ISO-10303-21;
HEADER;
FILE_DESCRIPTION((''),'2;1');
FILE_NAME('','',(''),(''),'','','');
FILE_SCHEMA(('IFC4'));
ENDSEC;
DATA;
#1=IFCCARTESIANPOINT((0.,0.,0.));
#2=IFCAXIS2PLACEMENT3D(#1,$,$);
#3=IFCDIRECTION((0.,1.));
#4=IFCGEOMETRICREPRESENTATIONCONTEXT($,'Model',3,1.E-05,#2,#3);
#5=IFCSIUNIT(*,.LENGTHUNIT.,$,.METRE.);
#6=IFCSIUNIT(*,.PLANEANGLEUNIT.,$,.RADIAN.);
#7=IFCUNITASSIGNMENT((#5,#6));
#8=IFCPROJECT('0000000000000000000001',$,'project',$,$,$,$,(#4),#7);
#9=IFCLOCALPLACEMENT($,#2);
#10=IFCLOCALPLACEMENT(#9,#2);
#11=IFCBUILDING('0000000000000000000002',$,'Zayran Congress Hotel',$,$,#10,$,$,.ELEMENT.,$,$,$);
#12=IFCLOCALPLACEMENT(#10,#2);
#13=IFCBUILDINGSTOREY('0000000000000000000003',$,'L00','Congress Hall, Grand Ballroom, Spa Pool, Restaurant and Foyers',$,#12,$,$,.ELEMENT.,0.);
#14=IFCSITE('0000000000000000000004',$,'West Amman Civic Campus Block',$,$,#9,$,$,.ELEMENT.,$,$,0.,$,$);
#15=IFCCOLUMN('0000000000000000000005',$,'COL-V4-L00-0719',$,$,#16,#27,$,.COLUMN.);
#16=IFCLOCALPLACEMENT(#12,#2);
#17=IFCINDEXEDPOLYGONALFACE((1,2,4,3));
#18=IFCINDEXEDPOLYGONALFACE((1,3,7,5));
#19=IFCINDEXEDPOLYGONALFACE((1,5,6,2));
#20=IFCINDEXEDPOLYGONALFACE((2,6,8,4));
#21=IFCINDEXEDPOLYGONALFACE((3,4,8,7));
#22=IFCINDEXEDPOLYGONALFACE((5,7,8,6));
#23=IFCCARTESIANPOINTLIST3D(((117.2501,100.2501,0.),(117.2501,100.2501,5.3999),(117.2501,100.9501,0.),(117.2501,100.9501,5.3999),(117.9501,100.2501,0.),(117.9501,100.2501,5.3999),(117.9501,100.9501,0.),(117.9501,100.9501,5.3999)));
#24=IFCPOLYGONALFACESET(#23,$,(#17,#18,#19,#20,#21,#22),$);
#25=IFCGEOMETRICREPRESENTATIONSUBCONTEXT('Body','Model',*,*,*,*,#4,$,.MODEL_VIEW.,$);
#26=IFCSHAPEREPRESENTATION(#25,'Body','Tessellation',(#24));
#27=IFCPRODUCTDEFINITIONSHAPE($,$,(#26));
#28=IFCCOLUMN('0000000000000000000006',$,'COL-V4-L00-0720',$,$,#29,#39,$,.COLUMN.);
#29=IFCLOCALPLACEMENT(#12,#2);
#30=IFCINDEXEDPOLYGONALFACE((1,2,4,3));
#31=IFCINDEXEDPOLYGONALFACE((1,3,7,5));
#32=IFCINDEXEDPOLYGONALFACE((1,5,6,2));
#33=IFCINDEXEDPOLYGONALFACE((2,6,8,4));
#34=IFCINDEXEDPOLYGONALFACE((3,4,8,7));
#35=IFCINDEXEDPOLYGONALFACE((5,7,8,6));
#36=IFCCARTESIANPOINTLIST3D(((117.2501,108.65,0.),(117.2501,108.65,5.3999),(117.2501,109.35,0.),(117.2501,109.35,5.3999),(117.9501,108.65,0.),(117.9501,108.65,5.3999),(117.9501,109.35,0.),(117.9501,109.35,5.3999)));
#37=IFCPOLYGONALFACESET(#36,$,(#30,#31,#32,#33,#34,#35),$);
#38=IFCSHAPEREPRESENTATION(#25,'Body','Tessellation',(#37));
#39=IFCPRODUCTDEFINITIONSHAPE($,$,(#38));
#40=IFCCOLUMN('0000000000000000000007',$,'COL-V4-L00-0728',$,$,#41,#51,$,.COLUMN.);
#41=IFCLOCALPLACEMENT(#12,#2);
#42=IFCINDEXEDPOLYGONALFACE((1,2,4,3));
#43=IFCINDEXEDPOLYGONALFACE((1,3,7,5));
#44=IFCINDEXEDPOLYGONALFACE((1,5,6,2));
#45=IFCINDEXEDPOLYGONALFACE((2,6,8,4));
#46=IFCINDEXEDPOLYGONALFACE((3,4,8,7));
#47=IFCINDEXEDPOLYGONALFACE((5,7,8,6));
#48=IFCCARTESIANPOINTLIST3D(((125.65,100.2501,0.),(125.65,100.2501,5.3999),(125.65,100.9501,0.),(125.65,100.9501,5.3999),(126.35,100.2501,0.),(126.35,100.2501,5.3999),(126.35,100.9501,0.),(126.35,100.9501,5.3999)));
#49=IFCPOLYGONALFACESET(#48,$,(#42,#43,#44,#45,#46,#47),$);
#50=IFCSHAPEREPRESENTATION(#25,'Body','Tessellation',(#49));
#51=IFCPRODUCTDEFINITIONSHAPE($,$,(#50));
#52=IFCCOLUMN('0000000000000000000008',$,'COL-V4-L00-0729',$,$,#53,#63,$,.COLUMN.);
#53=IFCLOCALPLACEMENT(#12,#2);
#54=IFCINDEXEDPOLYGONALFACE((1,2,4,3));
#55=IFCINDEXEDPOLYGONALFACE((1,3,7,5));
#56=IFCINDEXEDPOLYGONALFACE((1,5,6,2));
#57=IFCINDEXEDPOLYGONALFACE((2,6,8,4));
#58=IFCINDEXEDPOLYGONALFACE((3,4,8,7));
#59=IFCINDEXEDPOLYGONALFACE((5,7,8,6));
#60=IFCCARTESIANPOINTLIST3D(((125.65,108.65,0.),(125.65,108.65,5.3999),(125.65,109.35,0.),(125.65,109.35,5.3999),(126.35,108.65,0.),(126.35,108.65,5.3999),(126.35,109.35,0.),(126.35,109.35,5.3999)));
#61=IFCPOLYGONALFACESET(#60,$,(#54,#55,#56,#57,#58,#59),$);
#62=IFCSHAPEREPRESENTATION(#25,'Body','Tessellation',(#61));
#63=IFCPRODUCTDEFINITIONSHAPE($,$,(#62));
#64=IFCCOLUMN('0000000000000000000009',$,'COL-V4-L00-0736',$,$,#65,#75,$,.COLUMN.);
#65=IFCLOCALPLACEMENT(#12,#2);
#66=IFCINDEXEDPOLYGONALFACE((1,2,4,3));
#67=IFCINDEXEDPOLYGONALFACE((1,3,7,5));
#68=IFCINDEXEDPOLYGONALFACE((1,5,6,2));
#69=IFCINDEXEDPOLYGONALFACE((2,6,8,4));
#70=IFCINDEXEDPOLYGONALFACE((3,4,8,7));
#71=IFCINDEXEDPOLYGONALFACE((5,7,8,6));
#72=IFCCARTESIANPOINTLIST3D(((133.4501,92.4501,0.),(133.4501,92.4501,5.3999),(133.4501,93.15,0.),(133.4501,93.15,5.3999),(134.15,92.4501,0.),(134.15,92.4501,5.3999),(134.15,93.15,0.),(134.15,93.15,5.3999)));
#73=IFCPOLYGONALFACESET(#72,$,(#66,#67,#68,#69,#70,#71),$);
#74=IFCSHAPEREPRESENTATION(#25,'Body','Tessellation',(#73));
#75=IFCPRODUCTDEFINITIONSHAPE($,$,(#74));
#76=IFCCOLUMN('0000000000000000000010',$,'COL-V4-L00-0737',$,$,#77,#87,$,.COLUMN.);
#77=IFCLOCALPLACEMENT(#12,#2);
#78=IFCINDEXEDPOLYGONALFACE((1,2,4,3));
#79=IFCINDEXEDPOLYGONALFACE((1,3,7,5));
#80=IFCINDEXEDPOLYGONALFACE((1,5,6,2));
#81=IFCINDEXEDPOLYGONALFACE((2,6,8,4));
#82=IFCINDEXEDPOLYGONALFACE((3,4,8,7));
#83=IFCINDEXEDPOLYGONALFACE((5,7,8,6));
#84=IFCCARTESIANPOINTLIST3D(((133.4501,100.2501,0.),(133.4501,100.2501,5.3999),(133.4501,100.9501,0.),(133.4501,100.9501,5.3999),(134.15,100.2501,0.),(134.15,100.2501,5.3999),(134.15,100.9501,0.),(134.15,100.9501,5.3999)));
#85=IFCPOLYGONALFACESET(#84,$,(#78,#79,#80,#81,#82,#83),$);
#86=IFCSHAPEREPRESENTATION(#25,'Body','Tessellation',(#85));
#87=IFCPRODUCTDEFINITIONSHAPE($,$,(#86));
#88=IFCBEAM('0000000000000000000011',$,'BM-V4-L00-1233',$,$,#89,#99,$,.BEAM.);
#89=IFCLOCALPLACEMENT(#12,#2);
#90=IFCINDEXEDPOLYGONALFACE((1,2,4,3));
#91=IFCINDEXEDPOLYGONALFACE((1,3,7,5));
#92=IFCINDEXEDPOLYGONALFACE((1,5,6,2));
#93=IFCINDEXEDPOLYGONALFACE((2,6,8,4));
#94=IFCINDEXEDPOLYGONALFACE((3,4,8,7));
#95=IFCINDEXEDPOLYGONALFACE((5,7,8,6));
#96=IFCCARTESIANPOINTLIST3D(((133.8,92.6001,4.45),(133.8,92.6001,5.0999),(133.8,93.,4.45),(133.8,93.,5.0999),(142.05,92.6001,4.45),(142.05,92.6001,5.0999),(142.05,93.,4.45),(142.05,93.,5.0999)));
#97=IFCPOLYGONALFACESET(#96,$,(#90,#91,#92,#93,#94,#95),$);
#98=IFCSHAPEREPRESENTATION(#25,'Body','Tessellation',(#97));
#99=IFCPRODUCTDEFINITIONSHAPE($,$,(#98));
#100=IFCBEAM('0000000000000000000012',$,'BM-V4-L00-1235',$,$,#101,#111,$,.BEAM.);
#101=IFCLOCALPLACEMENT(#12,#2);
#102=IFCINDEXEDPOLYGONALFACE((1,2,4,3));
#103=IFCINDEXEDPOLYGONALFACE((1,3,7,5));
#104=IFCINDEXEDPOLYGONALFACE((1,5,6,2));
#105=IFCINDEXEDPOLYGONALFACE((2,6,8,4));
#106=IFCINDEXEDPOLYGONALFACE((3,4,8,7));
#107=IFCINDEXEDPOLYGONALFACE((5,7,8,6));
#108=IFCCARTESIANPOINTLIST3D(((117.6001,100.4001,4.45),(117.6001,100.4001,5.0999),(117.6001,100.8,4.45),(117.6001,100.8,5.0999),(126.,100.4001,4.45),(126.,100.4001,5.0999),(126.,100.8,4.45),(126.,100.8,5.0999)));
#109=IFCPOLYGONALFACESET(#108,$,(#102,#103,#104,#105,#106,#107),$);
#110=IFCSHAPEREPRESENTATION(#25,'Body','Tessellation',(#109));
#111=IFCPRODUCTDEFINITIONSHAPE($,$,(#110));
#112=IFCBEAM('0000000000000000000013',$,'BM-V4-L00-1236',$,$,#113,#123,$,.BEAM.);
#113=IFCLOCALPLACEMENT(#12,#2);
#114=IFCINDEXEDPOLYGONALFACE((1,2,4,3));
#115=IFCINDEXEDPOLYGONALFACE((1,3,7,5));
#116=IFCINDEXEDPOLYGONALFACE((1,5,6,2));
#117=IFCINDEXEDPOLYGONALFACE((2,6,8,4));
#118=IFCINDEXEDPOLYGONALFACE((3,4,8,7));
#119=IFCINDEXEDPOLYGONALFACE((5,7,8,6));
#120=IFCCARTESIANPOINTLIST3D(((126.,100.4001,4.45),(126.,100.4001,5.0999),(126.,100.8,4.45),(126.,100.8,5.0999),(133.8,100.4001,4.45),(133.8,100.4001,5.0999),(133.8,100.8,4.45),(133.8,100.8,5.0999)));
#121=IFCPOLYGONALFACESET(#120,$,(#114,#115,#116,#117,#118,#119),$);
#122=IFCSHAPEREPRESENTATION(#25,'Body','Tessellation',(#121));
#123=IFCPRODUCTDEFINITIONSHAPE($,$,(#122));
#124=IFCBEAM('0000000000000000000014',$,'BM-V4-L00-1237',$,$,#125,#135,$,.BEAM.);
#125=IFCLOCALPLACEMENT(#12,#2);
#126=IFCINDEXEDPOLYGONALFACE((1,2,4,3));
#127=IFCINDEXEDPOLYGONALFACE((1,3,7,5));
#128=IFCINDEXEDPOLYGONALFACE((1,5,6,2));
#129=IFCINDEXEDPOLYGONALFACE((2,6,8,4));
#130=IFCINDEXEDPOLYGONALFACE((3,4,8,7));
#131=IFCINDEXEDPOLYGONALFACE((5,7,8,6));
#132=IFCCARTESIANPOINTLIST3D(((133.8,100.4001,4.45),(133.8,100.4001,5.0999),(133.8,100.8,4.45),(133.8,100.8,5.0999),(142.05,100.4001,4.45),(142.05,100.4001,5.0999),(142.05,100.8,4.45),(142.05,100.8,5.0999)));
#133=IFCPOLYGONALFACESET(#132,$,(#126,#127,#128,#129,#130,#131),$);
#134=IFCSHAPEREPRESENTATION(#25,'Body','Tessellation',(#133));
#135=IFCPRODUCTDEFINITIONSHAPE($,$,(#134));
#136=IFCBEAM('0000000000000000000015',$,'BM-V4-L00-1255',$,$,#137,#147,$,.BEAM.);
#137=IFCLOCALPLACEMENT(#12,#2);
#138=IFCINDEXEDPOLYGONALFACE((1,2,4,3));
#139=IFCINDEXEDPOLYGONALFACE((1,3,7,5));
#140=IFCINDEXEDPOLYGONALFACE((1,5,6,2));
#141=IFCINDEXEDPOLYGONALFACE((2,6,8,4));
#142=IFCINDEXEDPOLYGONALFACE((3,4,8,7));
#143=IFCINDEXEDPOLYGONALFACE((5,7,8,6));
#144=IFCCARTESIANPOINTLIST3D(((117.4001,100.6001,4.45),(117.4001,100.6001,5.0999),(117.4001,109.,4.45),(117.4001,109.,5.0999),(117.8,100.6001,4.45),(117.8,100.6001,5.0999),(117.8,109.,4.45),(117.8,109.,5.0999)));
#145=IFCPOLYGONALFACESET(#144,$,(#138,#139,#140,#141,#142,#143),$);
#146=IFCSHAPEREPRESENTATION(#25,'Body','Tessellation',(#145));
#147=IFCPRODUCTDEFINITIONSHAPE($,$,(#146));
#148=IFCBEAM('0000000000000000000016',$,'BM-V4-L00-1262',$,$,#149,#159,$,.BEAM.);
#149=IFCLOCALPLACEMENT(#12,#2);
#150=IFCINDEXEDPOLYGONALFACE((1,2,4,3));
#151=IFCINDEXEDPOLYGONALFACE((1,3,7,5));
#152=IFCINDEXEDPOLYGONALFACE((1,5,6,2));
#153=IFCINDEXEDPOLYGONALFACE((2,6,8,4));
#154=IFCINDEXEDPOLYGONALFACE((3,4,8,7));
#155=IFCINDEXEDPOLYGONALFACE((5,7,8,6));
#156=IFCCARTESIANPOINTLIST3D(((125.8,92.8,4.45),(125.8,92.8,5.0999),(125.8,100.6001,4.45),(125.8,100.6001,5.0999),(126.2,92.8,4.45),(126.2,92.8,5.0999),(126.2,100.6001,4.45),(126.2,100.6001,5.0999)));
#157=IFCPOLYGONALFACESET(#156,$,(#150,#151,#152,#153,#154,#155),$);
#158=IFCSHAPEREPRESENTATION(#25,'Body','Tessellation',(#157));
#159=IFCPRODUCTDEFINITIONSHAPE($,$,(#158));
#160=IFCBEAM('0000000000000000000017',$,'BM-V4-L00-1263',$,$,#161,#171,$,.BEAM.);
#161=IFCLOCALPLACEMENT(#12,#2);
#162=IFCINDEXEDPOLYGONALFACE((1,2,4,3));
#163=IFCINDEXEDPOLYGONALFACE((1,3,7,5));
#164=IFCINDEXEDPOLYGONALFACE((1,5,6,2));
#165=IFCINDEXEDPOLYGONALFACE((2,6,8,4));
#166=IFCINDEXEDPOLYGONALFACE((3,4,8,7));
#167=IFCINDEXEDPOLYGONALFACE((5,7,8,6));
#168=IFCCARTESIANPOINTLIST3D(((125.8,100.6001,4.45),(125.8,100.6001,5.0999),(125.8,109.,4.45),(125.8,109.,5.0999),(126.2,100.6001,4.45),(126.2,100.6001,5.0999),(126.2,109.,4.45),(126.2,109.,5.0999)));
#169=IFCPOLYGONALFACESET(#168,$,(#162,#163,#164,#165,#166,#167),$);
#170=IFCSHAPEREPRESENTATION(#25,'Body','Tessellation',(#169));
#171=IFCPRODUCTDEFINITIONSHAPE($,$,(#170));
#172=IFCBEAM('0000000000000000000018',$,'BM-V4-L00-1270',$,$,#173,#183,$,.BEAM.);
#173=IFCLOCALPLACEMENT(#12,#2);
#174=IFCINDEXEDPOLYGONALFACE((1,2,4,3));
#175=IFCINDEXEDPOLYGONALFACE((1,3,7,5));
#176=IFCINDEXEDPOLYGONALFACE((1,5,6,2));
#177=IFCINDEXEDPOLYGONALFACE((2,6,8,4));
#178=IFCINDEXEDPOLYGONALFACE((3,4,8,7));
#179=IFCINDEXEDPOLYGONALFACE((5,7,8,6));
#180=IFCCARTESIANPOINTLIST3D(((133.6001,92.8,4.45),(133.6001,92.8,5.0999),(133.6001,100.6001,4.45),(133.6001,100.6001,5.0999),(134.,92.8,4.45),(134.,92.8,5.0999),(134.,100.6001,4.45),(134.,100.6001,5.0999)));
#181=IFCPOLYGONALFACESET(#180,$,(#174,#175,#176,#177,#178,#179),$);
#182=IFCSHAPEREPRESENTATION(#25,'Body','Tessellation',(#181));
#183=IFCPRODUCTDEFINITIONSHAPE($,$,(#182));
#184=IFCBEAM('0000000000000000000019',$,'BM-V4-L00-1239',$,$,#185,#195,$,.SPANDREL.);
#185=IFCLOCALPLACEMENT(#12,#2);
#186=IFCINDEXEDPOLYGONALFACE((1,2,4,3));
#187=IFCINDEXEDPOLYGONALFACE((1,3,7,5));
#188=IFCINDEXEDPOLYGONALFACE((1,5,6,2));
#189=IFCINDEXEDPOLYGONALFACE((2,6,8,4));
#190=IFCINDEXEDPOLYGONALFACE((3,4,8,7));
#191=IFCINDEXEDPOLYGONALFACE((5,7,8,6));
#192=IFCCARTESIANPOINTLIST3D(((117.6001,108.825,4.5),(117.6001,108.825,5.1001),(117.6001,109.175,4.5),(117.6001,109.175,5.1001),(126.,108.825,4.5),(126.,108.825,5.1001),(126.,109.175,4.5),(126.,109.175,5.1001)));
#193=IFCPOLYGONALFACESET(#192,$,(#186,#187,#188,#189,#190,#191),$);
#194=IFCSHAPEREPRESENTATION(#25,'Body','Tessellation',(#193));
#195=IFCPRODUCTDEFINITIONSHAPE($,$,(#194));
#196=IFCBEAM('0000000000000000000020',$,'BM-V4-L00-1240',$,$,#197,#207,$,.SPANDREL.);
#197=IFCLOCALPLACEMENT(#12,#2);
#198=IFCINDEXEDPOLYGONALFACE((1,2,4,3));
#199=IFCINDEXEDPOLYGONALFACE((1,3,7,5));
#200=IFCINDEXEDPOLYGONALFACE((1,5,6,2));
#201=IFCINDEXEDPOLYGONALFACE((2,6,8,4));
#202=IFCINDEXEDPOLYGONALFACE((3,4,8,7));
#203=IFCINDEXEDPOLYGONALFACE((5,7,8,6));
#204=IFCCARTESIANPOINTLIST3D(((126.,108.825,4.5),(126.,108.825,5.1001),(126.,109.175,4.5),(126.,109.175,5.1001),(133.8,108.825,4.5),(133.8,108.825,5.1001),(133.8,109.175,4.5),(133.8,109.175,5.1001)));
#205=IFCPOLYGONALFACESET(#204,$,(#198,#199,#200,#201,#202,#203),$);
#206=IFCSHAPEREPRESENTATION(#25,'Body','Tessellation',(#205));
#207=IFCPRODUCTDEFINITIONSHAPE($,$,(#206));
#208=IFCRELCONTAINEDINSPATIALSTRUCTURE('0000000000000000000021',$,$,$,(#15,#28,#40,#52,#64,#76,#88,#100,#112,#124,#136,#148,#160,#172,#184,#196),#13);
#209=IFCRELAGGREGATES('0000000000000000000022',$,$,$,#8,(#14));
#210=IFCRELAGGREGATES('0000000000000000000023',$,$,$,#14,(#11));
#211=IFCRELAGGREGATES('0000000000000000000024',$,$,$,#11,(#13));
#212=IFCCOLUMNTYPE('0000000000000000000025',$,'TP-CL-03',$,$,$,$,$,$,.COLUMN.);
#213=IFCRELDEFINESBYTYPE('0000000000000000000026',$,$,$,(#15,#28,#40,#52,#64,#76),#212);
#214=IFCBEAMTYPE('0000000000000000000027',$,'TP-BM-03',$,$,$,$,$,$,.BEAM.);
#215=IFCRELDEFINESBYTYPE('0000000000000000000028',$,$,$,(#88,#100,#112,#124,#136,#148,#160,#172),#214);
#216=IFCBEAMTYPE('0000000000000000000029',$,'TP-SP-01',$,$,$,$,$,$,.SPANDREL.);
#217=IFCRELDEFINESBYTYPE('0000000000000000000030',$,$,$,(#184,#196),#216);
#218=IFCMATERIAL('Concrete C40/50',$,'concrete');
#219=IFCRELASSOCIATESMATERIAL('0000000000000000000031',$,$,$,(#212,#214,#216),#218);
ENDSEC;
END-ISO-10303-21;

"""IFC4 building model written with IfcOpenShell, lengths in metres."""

from ifc_helpers import new_model, si_unit, direction, frame, origin, origin_2d, place, context, subcontext, project, spatial, rectangle, extrude, material, material_profile, profile_set, type_object, element, save


model = new_model("IFC4")

# Units and contexts
model_context = context("Model", 3, precision=1e-05, world=origin(), true_north=direction((0.0, 1.0)))
body_context = subcontext(model_context, "Body", "Model", "MODEL_VIEW")
ifc_project = project(units=[si_unit("LENGTHUNIT", "METRE"), si_unit("PLANEANGLEUNIT", "RADIAN")], contexts=[model_context])

# Site, building, storey
site_placement = place(None, origin())
site = spatial("IfcSite", under=ifc_project, at=site_placement, Name="West Amman Civic Campus Block", CompositionType="ELEMENT", RefElevation=0.0)
building_placement = place(site_placement, origin())
building = spatial("IfcBuilding", under=site, at=building_placement, Name="Zayran Congress Hotel", CompositionType="ELEMENT")
storey_placement = place(building_placement, origin())
storey = spatial("IfcBuildingStorey", under=building, at=storey_placement, Name="L00", Description="Congress Hall, Grand Ballroom, Spa Pool, Restaurant and Foyers", CompositionType="ELEMENT", Elevation=0.0)

# Columns
ifc_material_1 = material(Name="Concrete C40/50", Category="concrete")
ifc_material_profile_1 = material_profile(ifc_material_1, rectangle(XDim=0.7, YDim=0.7, at=origin_2d()), Name="RC 700x700")
ifc_profile_set_1 = profile_set([ifc_material_profile_1], Name="Concrete C40/50")
column_type = type_object("IfcColumnType", Name="TP-CL-03", PredefinedType="COLUMN", material=ifc_profile_set_1)
for number, where, z_axis, x_axis, name in (
    (1, (117.6001, 100.6001, 0.0), (0.0, 0.0, 1.0), (1.0, 0.0, 0.0), "COL-V4-L00-0719"),
    (2, (117.6001, 109.0, 0.0), (0.0, 0.0, 1.0), (1.0, 0.0, 0.0), "COL-V4-L00-0720"),
    (3, (126.0, 100.6001, 0.0), (0.0, 0.0, 1.0), (1.0, 0.0, 0.0), "COL-V4-L00-0728"),
    (4, (126.0, 109.0, 0.0), (0.0, 0.0, 1.0), (1.0, 0.0, 0.0), "COL-V4-L00-0729"),
    (5, (133.8, 92.8, 0.0), (0.0, 0.0, 1.0), (1.0, 0.0, 0.0), "COL-V4-L00-0736"),
    (6, (133.8, 100.6001, 0.0), (0.0, 0.0, 1.0), (1.0, 0.0, 0.0), "COL-V4-L00-0737"),
):
    element("IfcColumn", number, at=place(storey_placement, frame(where, z_axis=z_axis, x_axis=x_axis)), inside=storey, type_object=column_type, Name=name, PredefinedType="COLUMN", context=body_context, shape_type="SweptSolid", body=[
        extrude(rectangle(XDim=0.7, YDim=0.7, at=origin_2d()), origin(), (0.0, 0.0, 1.0), 5.3999),
    ])

# Beams
ifc_material_profile_2 = material_profile(ifc_material_1, rectangle(XDim=0.3999, YDim=0.6499, at=origin_2d()), Name="RC 400x650")
ifc_profile_set_2 = profile_set([ifc_material_profile_2], Name="Concrete C40/50")
beam_type_1 = type_object("IfcBeamType", Name="TP-BM-03", PredefinedType="BEAM", material=ifc_profile_set_2)
beam_1_placement = place(storey_placement, frame((133.8, 92.8, 4.7749), z_axis=(1.0, 0.0, 0.0), x_axis=(0.0, 1.0, 0.0)))
element("IfcBeam", 7, at=beam_1_placement, inside=storey, type_object=beam_type_1, Name="BM-V4-L00-1233", PredefinedType="BEAM", context=body_context, shape_type="SweptSolid", body=[
    extrude(rectangle(XDim=0.3999, YDim=0.6499, at=origin_2d()), origin(), (0.0, 0.0, 1.0), 8.25),
])
beam_2_placement = place(storey_placement, frame((117.6001, 100.6001, 4.7749), z_axis=(1.0, 0.0, 0.0), x_axis=(0.0, 1.0, 0.0)))
element("IfcBeam", 8, at=beam_2_placement, inside=storey, type_object=beam_type_1, Name="BM-V4-L00-1235", PredefinedType="BEAM", context=body_context, shape_type="SweptSolid", body=[
    extrude(rectangle(XDim=0.3999, YDim=0.6499, at=origin_2d()), origin(), (0.0, 0.0, 1.0), 8.3999),
])
beam_3_placement = place(storey_placement, frame((126.0, 100.6001, 4.7749), z_axis=(1.0, 0.0, 0.0), x_axis=(0.0, 1.0, 0.0)))
element("IfcBeam", 9, at=beam_3_placement, inside=storey, type_object=beam_type_1, Name="BM-V4-L00-1236", PredefinedType="BEAM", context=body_context, shape_type="SweptSolid", body=[
    extrude(rectangle(XDim=0.3999, YDim=0.6499, at=origin_2d()), origin(), (0.0, 0.0, 1.0), 7.8),
])
beam_4_placement = place(storey_placement, frame((133.8, 100.6001, 4.7749), z_axis=(1.0, 0.0, 0.0), x_axis=(0.0, 1.0, 0.0)))
element("IfcBeam", 10, at=beam_4_placement, inside=storey, type_object=beam_type_1, Name="BM-V4-L00-1237", PredefinedType="BEAM", context=body_context, shape_type="SweptSolid", body=[
    extrude(rectangle(XDim=0.3999, YDim=0.6499, at=origin_2d()), origin(), (0.0, 0.0, 1.0), 8.25),
])
beam_5_placement = place(storey_placement, frame((117.6001, 100.6001, 4.7749), z_axis=(0.0, 1.0, 0.0), x_axis=(-1.0, 0.0, 0.0)))
element("IfcBeam", 11, at=beam_5_placement, inside=storey, type_object=beam_type_1, Name="BM-V4-L00-1255", PredefinedType="BEAM", context=body_context, shape_type="SweptSolid", body=[
    extrude(rectangle(XDim=0.3999, YDim=0.6499, at=origin_2d()), origin(), (0.0, 0.0, 1.0), 8.3999),
])
beam_6_placement = place(storey_placement, frame((126.0, 92.8, 4.7749), z_axis=(0.0, 1.0, 0.0), x_axis=(-1.0, 0.0, 0.0)))
element("IfcBeam", 12, at=beam_6_placement, inside=storey, type_object=beam_type_1, Name="BM-V4-L00-1262", PredefinedType="BEAM", context=body_context, shape_type="SweptSolid", body=[
    extrude(rectangle(XDim=0.3999, YDim=0.6499, at=origin_2d()), origin(), (0.0, 0.0, 1.0), 7.8),
])
beam_7_placement = place(storey_placement, frame((126.0, 100.6001, 4.7749), z_axis=(0.0, 1.0, 0.0), x_axis=(-1.0, 0.0, 0.0)))
element("IfcBeam", 13, at=beam_7_placement, inside=storey, type_object=beam_type_1, Name="BM-V4-L00-1263", PredefinedType="BEAM", context=body_context, shape_type="SweptSolid", body=[
    extrude(rectangle(XDim=0.3999, YDim=0.6499, at=origin_2d()), origin(), (0.0, 0.0, 1.0), 8.3999),
])
beam_8_placement = place(storey_placement, frame((133.8, 92.8, 4.7749), z_axis=(0.0, 1.0, 0.0), x_axis=(-1.0, 0.0, 0.0)))
element("IfcBeam", 14, at=beam_8_placement, inside=storey, type_object=beam_type_1, Name="BM-V4-L00-1270", PredefinedType="BEAM", context=body_context, shape_type="SweptSolid", body=[
    extrude(rectangle(XDim=0.3999, YDim=0.6499, at=origin_2d()), origin(), (0.0, 0.0, 1.0), 7.8),
])
ifc_material_profile_3 = material_profile(ifc_material_1, rectangle(XDim=0.3501, YDim=0.6001, at=origin_2d()), Name="RC 350x600")
ifc_profile_set_3 = profile_set([ifc_material_profile_3], Name="Concrete C40/50")
beam_type_2 = type_object("IfcBeamType", Name="TP-SP-01", PredefinedType="SPANDREL", material=ifc_profile_set_3)
beam_9_placement = place(storey_placement, frame((117.6001, 109.0, 4.8), z_axis=(1.0, 0.0, 0.0), x_axis=(0.0, 1.0, 0.0)))
element("IfcBeam", 15, at=beam_9_placement, inside=storey, type_object=beam_type_2, Name="BM-V4-L00-1239", PredefinedType="SPANDREL", context=body_context, shape_type="SweptSolid", body=[
    extrude(rectangle(XDim=0.3501, YDim=0.6001, at=origin_2d()), origin(), (0.0, 0.0, 1.0), 8.3999),
])
beam_10_placement = place(storey_placement, frame((126.0, 109.0, 4.8), z_axis=(1.0, 0.0, 0.0), x_axis=(0.0, 1.0, 0.0)))
element("IfcBeam", 16, at=beam_10_placement, inside=storey, type_object=beam_type_2, Name="BM-V4-L00-1240", PredefinedType="SPANDREL", context=body_context, shape_type="SweptSolid", body=[
    extrude(rectangle(XDim=0.3501, YDim=0.6001, at=origin_2d()), origin(), (0.0, 0.0, 1.0), 7.8),
])

save(model, "model.ifc")
